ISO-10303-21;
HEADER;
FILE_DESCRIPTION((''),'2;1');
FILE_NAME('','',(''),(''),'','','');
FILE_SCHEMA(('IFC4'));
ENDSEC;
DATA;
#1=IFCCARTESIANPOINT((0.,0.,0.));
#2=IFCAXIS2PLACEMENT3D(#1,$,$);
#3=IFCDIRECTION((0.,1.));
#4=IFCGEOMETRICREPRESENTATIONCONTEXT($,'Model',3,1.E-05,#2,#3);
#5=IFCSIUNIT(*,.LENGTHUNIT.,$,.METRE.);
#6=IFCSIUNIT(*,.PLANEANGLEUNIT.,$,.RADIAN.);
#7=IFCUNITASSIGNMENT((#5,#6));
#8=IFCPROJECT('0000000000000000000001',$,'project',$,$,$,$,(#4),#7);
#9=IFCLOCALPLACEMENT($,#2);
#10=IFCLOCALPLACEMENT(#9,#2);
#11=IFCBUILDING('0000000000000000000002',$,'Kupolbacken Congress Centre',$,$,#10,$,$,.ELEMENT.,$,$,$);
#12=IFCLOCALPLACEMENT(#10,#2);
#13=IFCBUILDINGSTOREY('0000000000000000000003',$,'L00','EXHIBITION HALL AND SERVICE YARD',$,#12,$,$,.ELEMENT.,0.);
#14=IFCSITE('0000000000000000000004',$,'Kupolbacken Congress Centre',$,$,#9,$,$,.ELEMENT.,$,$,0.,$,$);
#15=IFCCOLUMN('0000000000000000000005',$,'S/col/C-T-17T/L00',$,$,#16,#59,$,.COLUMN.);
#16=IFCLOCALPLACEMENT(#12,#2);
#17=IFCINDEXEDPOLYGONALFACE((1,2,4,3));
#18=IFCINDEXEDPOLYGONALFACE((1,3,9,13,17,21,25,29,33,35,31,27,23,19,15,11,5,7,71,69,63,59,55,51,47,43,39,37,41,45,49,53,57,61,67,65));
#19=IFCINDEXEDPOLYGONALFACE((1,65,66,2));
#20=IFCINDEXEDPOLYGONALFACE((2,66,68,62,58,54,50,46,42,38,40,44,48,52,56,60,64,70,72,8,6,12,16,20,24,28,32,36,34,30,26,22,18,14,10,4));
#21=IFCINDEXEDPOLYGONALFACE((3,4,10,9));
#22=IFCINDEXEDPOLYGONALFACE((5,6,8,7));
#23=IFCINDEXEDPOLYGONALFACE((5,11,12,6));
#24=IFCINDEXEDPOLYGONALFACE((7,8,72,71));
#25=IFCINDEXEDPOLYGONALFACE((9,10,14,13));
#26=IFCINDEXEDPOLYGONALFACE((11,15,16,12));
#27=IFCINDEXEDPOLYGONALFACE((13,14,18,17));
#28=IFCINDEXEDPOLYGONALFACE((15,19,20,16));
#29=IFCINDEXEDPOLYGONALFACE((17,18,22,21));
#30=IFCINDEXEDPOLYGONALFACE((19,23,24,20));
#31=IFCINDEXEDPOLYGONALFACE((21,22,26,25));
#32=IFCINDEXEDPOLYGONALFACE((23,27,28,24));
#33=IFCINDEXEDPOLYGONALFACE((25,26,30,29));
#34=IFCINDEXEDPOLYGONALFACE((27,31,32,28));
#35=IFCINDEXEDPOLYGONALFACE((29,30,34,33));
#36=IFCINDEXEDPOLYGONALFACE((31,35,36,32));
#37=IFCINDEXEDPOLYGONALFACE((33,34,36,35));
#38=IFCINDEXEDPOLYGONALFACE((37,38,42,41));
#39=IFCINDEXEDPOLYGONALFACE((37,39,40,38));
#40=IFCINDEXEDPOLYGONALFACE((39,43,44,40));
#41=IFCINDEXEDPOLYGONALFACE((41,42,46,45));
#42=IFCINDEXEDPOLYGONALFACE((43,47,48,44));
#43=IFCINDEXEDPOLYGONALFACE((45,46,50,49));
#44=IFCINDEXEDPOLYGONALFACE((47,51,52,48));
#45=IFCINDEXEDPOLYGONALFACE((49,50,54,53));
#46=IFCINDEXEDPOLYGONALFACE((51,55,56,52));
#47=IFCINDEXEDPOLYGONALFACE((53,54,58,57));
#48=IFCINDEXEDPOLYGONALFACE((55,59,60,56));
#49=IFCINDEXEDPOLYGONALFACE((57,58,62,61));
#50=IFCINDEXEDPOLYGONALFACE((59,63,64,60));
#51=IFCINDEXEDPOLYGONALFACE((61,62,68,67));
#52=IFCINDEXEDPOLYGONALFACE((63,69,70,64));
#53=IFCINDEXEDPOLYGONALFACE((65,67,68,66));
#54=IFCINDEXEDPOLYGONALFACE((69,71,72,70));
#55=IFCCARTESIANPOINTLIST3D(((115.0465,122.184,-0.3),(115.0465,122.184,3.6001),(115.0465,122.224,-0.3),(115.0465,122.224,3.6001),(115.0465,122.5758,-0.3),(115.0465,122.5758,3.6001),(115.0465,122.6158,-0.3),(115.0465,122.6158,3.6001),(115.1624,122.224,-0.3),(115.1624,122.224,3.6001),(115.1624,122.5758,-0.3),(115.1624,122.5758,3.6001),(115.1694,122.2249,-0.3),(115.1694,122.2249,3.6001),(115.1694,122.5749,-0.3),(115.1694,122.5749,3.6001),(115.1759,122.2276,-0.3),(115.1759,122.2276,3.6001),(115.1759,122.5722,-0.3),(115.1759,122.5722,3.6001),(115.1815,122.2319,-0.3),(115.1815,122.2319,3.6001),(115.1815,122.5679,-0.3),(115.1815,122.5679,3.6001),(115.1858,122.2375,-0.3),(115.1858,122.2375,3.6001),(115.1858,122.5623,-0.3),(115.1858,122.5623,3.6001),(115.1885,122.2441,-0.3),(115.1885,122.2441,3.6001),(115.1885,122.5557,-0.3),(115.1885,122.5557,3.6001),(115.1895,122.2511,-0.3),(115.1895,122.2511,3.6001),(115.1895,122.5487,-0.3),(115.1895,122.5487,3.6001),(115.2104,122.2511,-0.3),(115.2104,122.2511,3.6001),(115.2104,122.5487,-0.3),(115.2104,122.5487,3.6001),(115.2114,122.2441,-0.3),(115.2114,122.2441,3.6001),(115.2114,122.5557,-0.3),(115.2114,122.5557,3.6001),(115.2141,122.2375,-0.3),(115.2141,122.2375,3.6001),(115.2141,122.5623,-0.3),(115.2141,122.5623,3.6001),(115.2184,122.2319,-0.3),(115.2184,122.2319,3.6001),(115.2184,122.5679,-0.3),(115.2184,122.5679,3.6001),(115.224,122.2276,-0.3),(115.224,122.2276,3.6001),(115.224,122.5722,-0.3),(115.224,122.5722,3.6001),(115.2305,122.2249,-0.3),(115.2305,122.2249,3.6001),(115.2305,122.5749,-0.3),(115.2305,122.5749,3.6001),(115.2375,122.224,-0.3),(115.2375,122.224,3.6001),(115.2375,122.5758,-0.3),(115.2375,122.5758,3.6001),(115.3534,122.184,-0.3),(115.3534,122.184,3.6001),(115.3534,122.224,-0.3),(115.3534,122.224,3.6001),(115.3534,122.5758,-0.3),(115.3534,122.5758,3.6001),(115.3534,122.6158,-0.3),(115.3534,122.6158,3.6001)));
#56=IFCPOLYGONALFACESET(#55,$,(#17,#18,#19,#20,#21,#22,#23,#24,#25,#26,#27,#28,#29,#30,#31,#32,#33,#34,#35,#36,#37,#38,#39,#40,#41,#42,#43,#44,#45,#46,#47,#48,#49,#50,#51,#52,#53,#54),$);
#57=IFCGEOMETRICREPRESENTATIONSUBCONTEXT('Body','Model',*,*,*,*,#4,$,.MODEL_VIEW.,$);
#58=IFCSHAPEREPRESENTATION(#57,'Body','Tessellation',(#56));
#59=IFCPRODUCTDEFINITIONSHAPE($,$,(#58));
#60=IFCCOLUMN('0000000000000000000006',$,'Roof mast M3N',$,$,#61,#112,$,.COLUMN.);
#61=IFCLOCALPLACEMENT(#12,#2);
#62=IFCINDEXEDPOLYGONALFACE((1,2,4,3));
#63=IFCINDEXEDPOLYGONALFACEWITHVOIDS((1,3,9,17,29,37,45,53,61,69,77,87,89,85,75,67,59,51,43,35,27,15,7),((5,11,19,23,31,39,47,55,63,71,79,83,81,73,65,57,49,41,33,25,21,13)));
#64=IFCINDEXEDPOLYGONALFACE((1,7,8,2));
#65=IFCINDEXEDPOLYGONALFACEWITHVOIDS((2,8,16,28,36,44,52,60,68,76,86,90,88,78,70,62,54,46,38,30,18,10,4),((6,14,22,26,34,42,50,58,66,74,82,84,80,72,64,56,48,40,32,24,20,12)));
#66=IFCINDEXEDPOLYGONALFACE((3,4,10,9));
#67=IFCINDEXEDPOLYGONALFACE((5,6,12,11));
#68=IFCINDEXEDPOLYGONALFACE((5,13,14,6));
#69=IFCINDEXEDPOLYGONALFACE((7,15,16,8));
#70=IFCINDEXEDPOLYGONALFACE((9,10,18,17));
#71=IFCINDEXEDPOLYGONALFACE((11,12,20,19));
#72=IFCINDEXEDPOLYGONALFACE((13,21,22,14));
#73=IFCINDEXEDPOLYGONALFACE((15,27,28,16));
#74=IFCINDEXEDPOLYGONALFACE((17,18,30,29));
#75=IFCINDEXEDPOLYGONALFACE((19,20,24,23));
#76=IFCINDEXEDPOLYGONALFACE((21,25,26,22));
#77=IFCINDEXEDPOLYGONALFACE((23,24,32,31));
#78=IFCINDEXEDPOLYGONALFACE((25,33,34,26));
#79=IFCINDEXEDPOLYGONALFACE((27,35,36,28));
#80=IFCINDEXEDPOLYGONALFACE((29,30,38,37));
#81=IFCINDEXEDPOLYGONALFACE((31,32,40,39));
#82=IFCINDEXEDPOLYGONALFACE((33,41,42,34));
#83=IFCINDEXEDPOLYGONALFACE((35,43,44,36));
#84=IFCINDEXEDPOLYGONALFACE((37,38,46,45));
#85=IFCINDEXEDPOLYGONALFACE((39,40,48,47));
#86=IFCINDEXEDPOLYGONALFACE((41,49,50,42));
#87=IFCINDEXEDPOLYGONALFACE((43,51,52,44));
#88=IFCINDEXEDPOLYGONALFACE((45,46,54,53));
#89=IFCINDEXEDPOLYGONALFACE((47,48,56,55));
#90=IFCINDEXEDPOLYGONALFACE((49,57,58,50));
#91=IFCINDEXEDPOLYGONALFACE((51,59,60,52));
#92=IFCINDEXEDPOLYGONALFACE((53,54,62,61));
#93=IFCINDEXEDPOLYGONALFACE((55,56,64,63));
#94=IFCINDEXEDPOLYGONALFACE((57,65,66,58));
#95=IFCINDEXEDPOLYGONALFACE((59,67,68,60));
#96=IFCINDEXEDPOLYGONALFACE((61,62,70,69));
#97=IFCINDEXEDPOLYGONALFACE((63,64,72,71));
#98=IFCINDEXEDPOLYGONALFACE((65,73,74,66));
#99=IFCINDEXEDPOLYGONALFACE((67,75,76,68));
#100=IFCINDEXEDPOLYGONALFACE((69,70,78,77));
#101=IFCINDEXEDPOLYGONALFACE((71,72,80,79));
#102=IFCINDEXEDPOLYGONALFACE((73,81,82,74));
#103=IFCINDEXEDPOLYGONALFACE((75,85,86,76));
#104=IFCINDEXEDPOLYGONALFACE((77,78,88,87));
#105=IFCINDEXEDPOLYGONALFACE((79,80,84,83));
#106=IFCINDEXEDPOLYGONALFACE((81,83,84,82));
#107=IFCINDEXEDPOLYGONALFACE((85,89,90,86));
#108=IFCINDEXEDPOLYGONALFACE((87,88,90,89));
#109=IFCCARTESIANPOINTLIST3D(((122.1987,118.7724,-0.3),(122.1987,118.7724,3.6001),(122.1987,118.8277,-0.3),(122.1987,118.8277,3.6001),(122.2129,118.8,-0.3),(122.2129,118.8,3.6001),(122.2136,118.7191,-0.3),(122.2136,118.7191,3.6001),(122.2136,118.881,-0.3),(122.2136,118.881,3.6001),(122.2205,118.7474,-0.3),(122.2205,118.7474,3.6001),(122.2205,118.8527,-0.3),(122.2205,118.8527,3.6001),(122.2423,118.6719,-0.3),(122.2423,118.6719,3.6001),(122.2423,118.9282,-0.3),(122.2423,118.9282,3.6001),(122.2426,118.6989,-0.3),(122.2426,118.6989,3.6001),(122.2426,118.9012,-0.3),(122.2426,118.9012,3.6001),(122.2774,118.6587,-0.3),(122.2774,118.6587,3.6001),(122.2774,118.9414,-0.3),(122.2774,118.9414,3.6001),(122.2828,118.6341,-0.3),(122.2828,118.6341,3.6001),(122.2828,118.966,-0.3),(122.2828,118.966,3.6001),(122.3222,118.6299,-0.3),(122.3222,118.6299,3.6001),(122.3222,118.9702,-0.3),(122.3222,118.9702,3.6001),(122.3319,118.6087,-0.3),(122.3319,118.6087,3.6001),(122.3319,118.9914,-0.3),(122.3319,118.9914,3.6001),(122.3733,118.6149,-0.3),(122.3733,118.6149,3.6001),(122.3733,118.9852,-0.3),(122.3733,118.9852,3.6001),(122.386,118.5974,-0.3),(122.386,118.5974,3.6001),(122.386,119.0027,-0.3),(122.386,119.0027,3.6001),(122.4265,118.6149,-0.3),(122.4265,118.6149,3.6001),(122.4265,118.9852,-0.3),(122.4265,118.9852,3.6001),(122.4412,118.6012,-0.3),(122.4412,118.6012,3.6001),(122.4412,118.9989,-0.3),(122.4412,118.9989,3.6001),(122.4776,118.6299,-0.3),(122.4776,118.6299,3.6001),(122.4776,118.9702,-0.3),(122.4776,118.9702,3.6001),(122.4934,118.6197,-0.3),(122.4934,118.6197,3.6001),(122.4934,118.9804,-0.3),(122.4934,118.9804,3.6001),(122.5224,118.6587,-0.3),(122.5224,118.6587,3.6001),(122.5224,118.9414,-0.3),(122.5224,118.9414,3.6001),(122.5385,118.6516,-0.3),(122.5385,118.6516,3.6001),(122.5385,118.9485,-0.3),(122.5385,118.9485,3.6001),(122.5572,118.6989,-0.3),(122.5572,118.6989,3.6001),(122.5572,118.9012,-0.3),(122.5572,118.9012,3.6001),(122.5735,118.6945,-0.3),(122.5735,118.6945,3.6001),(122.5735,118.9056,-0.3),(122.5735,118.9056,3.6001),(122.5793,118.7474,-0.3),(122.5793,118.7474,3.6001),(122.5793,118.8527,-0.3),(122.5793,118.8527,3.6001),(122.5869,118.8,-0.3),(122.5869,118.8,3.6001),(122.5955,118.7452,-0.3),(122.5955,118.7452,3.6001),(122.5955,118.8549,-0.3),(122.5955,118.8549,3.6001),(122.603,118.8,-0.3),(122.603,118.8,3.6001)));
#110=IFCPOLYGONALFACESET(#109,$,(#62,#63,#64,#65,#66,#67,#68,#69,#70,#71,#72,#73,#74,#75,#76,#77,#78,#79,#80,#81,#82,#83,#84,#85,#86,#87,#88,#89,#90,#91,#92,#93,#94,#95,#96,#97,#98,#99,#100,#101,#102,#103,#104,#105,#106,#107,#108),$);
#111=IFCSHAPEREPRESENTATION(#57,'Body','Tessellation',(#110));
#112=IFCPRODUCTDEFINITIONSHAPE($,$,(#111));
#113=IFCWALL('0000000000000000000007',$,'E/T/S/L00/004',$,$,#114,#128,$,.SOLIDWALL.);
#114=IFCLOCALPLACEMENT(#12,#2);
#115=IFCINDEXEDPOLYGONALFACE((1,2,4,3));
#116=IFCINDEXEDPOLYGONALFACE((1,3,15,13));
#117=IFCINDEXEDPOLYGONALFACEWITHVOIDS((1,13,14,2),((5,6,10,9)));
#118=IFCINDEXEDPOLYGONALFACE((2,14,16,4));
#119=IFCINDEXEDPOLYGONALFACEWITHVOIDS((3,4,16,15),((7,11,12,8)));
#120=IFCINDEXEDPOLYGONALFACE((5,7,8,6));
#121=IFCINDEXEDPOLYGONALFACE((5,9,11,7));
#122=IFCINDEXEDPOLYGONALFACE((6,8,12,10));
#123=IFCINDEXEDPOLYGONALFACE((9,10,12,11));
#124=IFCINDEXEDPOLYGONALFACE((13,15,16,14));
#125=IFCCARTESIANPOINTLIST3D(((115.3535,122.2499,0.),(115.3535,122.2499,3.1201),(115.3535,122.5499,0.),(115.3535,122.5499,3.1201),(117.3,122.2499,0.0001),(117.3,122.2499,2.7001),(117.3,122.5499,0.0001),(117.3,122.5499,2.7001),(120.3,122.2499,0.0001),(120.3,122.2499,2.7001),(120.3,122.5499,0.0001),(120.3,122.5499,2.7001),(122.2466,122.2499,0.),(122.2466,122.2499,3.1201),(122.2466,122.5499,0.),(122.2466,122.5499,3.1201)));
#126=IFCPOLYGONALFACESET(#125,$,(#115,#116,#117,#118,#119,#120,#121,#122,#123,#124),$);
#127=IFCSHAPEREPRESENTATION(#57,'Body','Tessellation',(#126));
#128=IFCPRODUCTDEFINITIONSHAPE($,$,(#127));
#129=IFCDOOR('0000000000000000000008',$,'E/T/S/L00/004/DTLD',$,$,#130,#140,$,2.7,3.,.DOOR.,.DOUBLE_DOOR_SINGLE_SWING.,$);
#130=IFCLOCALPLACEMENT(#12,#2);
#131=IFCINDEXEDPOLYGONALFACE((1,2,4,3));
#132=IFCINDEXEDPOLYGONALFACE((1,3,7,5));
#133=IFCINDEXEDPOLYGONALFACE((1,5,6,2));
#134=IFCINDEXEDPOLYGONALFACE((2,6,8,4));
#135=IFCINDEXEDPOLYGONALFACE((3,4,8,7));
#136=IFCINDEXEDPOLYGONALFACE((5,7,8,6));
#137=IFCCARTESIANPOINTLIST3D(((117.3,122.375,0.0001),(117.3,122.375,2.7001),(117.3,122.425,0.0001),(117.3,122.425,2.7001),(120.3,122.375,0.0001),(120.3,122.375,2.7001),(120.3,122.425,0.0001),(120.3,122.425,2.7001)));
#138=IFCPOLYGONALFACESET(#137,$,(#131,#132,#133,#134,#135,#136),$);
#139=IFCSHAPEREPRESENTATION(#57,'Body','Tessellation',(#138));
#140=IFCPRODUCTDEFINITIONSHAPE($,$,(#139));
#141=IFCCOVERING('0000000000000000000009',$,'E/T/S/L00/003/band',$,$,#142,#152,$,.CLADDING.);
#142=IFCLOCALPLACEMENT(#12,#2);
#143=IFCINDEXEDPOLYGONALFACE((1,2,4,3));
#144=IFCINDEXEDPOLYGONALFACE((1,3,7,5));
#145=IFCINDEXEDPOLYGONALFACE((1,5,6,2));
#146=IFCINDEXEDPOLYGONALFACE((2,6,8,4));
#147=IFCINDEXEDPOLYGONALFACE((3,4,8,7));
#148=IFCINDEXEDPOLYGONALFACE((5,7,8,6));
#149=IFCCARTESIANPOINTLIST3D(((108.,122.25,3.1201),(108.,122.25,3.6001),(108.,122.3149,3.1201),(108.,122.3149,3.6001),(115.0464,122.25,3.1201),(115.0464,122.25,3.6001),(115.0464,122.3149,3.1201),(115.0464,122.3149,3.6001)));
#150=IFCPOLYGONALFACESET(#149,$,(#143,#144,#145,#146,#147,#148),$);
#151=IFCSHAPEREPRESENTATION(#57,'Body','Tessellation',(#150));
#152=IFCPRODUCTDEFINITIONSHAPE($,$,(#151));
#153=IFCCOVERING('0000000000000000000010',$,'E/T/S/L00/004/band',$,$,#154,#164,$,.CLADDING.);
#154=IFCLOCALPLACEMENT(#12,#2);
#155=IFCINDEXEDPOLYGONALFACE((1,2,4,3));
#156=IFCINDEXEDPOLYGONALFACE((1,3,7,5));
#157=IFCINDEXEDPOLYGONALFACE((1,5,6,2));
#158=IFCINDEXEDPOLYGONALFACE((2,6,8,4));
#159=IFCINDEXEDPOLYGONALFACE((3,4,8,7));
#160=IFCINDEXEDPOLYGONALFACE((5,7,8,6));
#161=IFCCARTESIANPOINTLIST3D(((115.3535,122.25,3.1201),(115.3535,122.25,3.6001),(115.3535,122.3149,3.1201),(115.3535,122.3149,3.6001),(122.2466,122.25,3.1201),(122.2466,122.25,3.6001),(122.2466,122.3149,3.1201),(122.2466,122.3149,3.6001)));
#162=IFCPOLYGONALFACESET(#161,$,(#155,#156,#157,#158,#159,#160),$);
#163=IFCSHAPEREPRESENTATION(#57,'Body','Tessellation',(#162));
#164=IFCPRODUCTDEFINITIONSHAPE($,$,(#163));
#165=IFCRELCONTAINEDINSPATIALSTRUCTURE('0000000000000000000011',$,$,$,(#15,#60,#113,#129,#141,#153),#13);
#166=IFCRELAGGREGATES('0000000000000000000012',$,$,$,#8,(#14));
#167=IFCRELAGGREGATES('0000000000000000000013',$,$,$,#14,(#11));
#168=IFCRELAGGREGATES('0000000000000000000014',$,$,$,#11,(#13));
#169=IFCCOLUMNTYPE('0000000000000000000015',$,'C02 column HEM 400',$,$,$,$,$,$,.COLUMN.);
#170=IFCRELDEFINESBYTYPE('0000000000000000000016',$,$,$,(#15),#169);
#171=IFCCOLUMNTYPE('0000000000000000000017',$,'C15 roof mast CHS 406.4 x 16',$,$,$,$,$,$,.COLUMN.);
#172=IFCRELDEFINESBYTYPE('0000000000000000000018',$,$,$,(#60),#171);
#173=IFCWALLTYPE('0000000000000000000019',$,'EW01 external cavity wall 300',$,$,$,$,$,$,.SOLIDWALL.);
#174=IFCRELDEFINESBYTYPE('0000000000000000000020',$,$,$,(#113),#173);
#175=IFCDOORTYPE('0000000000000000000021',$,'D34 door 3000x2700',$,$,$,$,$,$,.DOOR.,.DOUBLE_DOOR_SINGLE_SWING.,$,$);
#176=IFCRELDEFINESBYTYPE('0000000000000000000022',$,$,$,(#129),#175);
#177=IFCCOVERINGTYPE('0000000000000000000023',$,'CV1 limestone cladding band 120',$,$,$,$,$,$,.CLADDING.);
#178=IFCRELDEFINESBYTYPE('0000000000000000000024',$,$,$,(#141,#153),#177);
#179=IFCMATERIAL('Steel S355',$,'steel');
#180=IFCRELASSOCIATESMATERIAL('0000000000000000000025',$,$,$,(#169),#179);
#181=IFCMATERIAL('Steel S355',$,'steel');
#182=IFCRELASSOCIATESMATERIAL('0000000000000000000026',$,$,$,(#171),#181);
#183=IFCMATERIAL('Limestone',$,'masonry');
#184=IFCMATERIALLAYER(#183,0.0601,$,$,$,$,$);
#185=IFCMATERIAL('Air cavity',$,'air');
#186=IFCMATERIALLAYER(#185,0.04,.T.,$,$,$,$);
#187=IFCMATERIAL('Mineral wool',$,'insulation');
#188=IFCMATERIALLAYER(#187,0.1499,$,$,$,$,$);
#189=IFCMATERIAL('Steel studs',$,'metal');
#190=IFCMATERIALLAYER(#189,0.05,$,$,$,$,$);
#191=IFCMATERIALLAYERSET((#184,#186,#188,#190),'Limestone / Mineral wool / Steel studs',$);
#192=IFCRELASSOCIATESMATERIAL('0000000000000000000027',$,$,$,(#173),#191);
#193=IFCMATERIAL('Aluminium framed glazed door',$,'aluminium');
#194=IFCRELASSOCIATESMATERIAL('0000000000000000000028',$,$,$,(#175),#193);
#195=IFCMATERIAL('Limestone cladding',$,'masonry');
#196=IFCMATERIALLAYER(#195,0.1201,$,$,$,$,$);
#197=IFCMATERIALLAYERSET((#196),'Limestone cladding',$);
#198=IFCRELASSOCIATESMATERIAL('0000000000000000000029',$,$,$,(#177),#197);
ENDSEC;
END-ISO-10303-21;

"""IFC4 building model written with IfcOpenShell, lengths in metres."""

from ifc_helpers import new_model, si_unit, direction, frame, frame_2d, origin, origin_2d, place, context, subcontext, project, spatial, rectangle, hollow_circle, i_section, extrude, material, layer, layer_set, material_profile, profile_set, type_object, element, fill, save


model = new_model("IFC4")

# Units and contexts
model_context = context("Model", 3, precision=1e-05, world=origin(), true_north=direction((0.0, 1.0)))
body_context = subcontext(model_context, "Body", "Model", "MODEL_VIEW")
ifc_project = project(units=[si_unit("LENGTHUNIT", "METRE"), si_unit("PLANEANGLEUNIT", "RADIAN")], contexts=[model_context])

# Site, building, storey
site_placement = place(None, origin())
site = spatial("IfcSite", under=ifc_project, at=site_placement, Name="Kupolbacken Congress Centre", CompositionType="ELEMENT", RefElevation=0.0)
building_placement = place(site_placement, origin())
building = spatial("IfcBuilding", under=site, at=building_placement, Name="Kupolbacken Congress Centre", CompositionType="ELEMENT")
storey_placement = place(building_placement, origin())
storey = spatial("IfcBuildingStorey", under=building, at=storey_placement, Name="L00", Description="EXHIBITION HALL AND SERVICE YARD", CompositionType="ELEMENT", Elevation=0.0)

# Columns
ifc_material_1 = material(Name="Steel S355", Category="steel")
ifc_material_profile_1 = material_profile(ifc_material_1, i_section(OverallWidth=0.3069, OverallDepth=0.4319, WebThickness=0.021, FlangeThickness=0.04, FilletRadius=0.0271, at=origin_2d()), Name="HEM 400")
ifc_profile_set_1 = profile_set([ifc_material_profile_1], Name="Steel S355")
column_type_1 = type_object("IfcColumnType", Name="C02 column HEM 400", PredefinedType="COLUMN", material=ifc_profile_set_1)
column_1_placement = place(storey_placement, frame((115.2, 122.3999, -0.3), z_axis=(0.0, 0.0, 1.0), x_axis=(1.0, 0.0, 0.0)))
element("IfcColumn", 1, at=column_1_placement, inside=storey, type_object=column_type_1, Name="S/col/C-T-17T/L00", PredefinedType="COLUMN", context=body_context, shape_type="SweptSolid", body=[
    extrude(i_section(OverallWidth=0.3069, OverallDepth=0.4319, WebThickness=0.021, FlangeThickness=0.04, FilletRadius=0.0271, at=origin_2d()), origin(), (0.0, 0.0, 1.0), 3.9001),
])
ifc_material_2 = material(Name="Steel S355", Category="steel")
ifc_material_profile_2 = material_profile(ifc_material_2, hollow_circle(Radius=0.2031, WallThickness=0.0161, at=origin_2d()), Name="CHS 406.4 x 16")
ifc_profile_set_2 = profile_set([ifc_material_profile_2], Name="Steel S355")
column_type_2 = type_object("IfcColumnType", Name="C15 roof mast CHS 406.4 x 16", PredefinedType="COLUMN", material=ifc_profile_set_2)
column_2_placement = place(storey_placement, frame((122.3999, 118.8, -0.3), z_axis=(0.0, 0.0, 1.0), x_axis=(1.0, 0.0, 0.0)))
element("IfcColumn", 2, at=column_2_placement, inside=storey, type_object=column_type_2, Name="Roof mast M3N", PredefinedType="COLUMN", context=body_context, shape_type="SweptSolid", body=[
    extrude(hollow_circle(Radius=0.2031, WallThickness=0.0161, at=origin_2d()), origin(), (0.0, 0.0, 1.0), 3.9001),
])

# Wall, opening, door
ifc_material_3 = material(Name="Limestone", Category="masonry")
ifc_layer_1 = layer(ifc_material_3, 0.0601)
ifc_material_4 = material(Name="Air cavity", Category="air")
ifc_layer_2 = layer(ifc_material_4, 0.04, ventilated=True)
ifc_material_5 = material(Name="Mineral wool", Category="insulation")
ifc_layer_3 = layer(ifc_material_5, 0.1499)
ifc_material_6 = material(Name="Steel studs", Category="metal")
ifc_layer_4 = layer(ifc_material_6, 0.05)
ifc_layer_set_1 = layer_set([ifc_layer_1, ifc_layer_2, ifc_layer_3, ifc_layer_4], Name="Limestone / Mineral wool / Steel studs")
wall_type = type_object("IfcWallType", Name="EW01 external cavity wall 300", PredefinedType="SOLIDWALL", material=ifc_layer_set_1)
wall_placement = place(storey_placement, frame((115.3535, 122.3999, 0.0), z_axis=(0.0, 0.0, 1.0), x_axis=(1.0, 0.0, 0.0)))
wall = element("IfcWall", 3, at=wall_placement, inside=storey, type_object=wall_type, Name="E/T/S/L00/004", PredefinedType="SOLIDWALL", context=body_context, shape_type="SweptSolid", body=[
    extrude(rectangle(XDim=6.8931, YDim=0.3, at=frame_2d((3.4465, 0.0))), origin(), (0.0, 0.0, 1.0), 3.1201),
])
opening_placement = place(wall_placement, frame((1.9465, 0.0, 0.0)))
opening = element("IfcOpeningElement", 4, at=opening_placement, cuts=wall, PredefinedType="OPENING", context=body_context, shape_type="SweptSolid", body=[
    extrude(rectangle(XDim=3.0, YDim=2.7, at=frame_2d((1.5, 1.3501))), frame((0.0, 0.1599, 0.0), z_axis=(0.0, -1.0, 0.0), x_axis=(1.0, 0.0, 0.0)), (0.0, 0.0, 1.0), 0.3201),
])
ifc_material_7 = material(Name="Aluminium framed glazed door", Category="aluminium")
door_type = type_object("IfcDoorType", Name="D34 door 3000x2700", OperationType="DOUBLE_DOOR_SINGLE_SWING", PredefinedType="DOOR", material=ifc_material_7)
door_placement = place(opening_placement, frame((3.0, 0.0, 0.0), z_axis=(0.0, 0.0, 1.0), x_axis=(-1.0, 0.0, 0.0)))
door = element("IfcDoor", 5, at=door_placement, inside=storey, type_object=door_type, Name="E/T/S/L00/004/DTLD", OperationType="DOUBLE_DOOR_SINGLE_SWING", OverallHeight=2.7, OverallWidth=3.0, PredefinedType="DOOR", context=body_context, shape_type="SweptSolid", body=[
    extrude(rectangle(XDim=3.0, YDim=2.7, at=frame_2d((1.5, 1.3501))), frame((0.0, 0.0249, 0.0), z_axis=(0.0, -1.0, 0.0), x_axis=(1.0, 0.0, 0.0)), (0.0, 0.0, 1.0), 0.05),
])
fill(opening, door)

# Coverings
ifc_material_8 = material(Name="Limestone cladding", Category="masonry")
ifc_layer_5 = layer(ifc_material_8, 0.1201)
ifc_layer_set_2 = layer_set([ifc_layer_5], Name="Limestone cladding")
covering_type = type_object("IfcCoveringType", Name="CV1 limestone cladding band 120", PredefinedType="CLADDING", material=ifc_layer_set_2)
covering_1_placement = place(storey_placement, frame((111.5232, 122.2825, 3.1201), z_axis=(0.0, 0.0, 1.0), x_axis=(1.0, 0.0, 0.0)))
element("IfcCovering", 6, at=covering_1_placement, inside=storey, type_object=covering_type, Name="E/T/S/L00/003/band", PredefinedType="CLADDING", context=body_context, shape_type="SweptSolid", body=[
    extrude(rectangle(XDim=7.0464, YDim=0.0649, at=origin_2d()), origin(), (0.0, 0.0, 1.0), 0.48),
])
covering_2_placement = place(storey_placement, frame((118.8, 122.2825, 3.1201), z_axis=(0.0, 0.0, 1.0), x_axis=(1.0, 0.0, 0.0)))
element("IfcCovering", 7, at=covering_2_placement, inside=storey, type_object=covering_type, Name="E/T/S/L00/004/band", PredefinedType="CLADDING", context=body_context, shape_type="SweptSolid", body=[
    extrude(rectangle(XDim=6.8931, YDim=0.0649, at=origin_2d()), origin(), (0.0, 0.0, 1.0), 0.48),
])

save(model, "model.ifc")
